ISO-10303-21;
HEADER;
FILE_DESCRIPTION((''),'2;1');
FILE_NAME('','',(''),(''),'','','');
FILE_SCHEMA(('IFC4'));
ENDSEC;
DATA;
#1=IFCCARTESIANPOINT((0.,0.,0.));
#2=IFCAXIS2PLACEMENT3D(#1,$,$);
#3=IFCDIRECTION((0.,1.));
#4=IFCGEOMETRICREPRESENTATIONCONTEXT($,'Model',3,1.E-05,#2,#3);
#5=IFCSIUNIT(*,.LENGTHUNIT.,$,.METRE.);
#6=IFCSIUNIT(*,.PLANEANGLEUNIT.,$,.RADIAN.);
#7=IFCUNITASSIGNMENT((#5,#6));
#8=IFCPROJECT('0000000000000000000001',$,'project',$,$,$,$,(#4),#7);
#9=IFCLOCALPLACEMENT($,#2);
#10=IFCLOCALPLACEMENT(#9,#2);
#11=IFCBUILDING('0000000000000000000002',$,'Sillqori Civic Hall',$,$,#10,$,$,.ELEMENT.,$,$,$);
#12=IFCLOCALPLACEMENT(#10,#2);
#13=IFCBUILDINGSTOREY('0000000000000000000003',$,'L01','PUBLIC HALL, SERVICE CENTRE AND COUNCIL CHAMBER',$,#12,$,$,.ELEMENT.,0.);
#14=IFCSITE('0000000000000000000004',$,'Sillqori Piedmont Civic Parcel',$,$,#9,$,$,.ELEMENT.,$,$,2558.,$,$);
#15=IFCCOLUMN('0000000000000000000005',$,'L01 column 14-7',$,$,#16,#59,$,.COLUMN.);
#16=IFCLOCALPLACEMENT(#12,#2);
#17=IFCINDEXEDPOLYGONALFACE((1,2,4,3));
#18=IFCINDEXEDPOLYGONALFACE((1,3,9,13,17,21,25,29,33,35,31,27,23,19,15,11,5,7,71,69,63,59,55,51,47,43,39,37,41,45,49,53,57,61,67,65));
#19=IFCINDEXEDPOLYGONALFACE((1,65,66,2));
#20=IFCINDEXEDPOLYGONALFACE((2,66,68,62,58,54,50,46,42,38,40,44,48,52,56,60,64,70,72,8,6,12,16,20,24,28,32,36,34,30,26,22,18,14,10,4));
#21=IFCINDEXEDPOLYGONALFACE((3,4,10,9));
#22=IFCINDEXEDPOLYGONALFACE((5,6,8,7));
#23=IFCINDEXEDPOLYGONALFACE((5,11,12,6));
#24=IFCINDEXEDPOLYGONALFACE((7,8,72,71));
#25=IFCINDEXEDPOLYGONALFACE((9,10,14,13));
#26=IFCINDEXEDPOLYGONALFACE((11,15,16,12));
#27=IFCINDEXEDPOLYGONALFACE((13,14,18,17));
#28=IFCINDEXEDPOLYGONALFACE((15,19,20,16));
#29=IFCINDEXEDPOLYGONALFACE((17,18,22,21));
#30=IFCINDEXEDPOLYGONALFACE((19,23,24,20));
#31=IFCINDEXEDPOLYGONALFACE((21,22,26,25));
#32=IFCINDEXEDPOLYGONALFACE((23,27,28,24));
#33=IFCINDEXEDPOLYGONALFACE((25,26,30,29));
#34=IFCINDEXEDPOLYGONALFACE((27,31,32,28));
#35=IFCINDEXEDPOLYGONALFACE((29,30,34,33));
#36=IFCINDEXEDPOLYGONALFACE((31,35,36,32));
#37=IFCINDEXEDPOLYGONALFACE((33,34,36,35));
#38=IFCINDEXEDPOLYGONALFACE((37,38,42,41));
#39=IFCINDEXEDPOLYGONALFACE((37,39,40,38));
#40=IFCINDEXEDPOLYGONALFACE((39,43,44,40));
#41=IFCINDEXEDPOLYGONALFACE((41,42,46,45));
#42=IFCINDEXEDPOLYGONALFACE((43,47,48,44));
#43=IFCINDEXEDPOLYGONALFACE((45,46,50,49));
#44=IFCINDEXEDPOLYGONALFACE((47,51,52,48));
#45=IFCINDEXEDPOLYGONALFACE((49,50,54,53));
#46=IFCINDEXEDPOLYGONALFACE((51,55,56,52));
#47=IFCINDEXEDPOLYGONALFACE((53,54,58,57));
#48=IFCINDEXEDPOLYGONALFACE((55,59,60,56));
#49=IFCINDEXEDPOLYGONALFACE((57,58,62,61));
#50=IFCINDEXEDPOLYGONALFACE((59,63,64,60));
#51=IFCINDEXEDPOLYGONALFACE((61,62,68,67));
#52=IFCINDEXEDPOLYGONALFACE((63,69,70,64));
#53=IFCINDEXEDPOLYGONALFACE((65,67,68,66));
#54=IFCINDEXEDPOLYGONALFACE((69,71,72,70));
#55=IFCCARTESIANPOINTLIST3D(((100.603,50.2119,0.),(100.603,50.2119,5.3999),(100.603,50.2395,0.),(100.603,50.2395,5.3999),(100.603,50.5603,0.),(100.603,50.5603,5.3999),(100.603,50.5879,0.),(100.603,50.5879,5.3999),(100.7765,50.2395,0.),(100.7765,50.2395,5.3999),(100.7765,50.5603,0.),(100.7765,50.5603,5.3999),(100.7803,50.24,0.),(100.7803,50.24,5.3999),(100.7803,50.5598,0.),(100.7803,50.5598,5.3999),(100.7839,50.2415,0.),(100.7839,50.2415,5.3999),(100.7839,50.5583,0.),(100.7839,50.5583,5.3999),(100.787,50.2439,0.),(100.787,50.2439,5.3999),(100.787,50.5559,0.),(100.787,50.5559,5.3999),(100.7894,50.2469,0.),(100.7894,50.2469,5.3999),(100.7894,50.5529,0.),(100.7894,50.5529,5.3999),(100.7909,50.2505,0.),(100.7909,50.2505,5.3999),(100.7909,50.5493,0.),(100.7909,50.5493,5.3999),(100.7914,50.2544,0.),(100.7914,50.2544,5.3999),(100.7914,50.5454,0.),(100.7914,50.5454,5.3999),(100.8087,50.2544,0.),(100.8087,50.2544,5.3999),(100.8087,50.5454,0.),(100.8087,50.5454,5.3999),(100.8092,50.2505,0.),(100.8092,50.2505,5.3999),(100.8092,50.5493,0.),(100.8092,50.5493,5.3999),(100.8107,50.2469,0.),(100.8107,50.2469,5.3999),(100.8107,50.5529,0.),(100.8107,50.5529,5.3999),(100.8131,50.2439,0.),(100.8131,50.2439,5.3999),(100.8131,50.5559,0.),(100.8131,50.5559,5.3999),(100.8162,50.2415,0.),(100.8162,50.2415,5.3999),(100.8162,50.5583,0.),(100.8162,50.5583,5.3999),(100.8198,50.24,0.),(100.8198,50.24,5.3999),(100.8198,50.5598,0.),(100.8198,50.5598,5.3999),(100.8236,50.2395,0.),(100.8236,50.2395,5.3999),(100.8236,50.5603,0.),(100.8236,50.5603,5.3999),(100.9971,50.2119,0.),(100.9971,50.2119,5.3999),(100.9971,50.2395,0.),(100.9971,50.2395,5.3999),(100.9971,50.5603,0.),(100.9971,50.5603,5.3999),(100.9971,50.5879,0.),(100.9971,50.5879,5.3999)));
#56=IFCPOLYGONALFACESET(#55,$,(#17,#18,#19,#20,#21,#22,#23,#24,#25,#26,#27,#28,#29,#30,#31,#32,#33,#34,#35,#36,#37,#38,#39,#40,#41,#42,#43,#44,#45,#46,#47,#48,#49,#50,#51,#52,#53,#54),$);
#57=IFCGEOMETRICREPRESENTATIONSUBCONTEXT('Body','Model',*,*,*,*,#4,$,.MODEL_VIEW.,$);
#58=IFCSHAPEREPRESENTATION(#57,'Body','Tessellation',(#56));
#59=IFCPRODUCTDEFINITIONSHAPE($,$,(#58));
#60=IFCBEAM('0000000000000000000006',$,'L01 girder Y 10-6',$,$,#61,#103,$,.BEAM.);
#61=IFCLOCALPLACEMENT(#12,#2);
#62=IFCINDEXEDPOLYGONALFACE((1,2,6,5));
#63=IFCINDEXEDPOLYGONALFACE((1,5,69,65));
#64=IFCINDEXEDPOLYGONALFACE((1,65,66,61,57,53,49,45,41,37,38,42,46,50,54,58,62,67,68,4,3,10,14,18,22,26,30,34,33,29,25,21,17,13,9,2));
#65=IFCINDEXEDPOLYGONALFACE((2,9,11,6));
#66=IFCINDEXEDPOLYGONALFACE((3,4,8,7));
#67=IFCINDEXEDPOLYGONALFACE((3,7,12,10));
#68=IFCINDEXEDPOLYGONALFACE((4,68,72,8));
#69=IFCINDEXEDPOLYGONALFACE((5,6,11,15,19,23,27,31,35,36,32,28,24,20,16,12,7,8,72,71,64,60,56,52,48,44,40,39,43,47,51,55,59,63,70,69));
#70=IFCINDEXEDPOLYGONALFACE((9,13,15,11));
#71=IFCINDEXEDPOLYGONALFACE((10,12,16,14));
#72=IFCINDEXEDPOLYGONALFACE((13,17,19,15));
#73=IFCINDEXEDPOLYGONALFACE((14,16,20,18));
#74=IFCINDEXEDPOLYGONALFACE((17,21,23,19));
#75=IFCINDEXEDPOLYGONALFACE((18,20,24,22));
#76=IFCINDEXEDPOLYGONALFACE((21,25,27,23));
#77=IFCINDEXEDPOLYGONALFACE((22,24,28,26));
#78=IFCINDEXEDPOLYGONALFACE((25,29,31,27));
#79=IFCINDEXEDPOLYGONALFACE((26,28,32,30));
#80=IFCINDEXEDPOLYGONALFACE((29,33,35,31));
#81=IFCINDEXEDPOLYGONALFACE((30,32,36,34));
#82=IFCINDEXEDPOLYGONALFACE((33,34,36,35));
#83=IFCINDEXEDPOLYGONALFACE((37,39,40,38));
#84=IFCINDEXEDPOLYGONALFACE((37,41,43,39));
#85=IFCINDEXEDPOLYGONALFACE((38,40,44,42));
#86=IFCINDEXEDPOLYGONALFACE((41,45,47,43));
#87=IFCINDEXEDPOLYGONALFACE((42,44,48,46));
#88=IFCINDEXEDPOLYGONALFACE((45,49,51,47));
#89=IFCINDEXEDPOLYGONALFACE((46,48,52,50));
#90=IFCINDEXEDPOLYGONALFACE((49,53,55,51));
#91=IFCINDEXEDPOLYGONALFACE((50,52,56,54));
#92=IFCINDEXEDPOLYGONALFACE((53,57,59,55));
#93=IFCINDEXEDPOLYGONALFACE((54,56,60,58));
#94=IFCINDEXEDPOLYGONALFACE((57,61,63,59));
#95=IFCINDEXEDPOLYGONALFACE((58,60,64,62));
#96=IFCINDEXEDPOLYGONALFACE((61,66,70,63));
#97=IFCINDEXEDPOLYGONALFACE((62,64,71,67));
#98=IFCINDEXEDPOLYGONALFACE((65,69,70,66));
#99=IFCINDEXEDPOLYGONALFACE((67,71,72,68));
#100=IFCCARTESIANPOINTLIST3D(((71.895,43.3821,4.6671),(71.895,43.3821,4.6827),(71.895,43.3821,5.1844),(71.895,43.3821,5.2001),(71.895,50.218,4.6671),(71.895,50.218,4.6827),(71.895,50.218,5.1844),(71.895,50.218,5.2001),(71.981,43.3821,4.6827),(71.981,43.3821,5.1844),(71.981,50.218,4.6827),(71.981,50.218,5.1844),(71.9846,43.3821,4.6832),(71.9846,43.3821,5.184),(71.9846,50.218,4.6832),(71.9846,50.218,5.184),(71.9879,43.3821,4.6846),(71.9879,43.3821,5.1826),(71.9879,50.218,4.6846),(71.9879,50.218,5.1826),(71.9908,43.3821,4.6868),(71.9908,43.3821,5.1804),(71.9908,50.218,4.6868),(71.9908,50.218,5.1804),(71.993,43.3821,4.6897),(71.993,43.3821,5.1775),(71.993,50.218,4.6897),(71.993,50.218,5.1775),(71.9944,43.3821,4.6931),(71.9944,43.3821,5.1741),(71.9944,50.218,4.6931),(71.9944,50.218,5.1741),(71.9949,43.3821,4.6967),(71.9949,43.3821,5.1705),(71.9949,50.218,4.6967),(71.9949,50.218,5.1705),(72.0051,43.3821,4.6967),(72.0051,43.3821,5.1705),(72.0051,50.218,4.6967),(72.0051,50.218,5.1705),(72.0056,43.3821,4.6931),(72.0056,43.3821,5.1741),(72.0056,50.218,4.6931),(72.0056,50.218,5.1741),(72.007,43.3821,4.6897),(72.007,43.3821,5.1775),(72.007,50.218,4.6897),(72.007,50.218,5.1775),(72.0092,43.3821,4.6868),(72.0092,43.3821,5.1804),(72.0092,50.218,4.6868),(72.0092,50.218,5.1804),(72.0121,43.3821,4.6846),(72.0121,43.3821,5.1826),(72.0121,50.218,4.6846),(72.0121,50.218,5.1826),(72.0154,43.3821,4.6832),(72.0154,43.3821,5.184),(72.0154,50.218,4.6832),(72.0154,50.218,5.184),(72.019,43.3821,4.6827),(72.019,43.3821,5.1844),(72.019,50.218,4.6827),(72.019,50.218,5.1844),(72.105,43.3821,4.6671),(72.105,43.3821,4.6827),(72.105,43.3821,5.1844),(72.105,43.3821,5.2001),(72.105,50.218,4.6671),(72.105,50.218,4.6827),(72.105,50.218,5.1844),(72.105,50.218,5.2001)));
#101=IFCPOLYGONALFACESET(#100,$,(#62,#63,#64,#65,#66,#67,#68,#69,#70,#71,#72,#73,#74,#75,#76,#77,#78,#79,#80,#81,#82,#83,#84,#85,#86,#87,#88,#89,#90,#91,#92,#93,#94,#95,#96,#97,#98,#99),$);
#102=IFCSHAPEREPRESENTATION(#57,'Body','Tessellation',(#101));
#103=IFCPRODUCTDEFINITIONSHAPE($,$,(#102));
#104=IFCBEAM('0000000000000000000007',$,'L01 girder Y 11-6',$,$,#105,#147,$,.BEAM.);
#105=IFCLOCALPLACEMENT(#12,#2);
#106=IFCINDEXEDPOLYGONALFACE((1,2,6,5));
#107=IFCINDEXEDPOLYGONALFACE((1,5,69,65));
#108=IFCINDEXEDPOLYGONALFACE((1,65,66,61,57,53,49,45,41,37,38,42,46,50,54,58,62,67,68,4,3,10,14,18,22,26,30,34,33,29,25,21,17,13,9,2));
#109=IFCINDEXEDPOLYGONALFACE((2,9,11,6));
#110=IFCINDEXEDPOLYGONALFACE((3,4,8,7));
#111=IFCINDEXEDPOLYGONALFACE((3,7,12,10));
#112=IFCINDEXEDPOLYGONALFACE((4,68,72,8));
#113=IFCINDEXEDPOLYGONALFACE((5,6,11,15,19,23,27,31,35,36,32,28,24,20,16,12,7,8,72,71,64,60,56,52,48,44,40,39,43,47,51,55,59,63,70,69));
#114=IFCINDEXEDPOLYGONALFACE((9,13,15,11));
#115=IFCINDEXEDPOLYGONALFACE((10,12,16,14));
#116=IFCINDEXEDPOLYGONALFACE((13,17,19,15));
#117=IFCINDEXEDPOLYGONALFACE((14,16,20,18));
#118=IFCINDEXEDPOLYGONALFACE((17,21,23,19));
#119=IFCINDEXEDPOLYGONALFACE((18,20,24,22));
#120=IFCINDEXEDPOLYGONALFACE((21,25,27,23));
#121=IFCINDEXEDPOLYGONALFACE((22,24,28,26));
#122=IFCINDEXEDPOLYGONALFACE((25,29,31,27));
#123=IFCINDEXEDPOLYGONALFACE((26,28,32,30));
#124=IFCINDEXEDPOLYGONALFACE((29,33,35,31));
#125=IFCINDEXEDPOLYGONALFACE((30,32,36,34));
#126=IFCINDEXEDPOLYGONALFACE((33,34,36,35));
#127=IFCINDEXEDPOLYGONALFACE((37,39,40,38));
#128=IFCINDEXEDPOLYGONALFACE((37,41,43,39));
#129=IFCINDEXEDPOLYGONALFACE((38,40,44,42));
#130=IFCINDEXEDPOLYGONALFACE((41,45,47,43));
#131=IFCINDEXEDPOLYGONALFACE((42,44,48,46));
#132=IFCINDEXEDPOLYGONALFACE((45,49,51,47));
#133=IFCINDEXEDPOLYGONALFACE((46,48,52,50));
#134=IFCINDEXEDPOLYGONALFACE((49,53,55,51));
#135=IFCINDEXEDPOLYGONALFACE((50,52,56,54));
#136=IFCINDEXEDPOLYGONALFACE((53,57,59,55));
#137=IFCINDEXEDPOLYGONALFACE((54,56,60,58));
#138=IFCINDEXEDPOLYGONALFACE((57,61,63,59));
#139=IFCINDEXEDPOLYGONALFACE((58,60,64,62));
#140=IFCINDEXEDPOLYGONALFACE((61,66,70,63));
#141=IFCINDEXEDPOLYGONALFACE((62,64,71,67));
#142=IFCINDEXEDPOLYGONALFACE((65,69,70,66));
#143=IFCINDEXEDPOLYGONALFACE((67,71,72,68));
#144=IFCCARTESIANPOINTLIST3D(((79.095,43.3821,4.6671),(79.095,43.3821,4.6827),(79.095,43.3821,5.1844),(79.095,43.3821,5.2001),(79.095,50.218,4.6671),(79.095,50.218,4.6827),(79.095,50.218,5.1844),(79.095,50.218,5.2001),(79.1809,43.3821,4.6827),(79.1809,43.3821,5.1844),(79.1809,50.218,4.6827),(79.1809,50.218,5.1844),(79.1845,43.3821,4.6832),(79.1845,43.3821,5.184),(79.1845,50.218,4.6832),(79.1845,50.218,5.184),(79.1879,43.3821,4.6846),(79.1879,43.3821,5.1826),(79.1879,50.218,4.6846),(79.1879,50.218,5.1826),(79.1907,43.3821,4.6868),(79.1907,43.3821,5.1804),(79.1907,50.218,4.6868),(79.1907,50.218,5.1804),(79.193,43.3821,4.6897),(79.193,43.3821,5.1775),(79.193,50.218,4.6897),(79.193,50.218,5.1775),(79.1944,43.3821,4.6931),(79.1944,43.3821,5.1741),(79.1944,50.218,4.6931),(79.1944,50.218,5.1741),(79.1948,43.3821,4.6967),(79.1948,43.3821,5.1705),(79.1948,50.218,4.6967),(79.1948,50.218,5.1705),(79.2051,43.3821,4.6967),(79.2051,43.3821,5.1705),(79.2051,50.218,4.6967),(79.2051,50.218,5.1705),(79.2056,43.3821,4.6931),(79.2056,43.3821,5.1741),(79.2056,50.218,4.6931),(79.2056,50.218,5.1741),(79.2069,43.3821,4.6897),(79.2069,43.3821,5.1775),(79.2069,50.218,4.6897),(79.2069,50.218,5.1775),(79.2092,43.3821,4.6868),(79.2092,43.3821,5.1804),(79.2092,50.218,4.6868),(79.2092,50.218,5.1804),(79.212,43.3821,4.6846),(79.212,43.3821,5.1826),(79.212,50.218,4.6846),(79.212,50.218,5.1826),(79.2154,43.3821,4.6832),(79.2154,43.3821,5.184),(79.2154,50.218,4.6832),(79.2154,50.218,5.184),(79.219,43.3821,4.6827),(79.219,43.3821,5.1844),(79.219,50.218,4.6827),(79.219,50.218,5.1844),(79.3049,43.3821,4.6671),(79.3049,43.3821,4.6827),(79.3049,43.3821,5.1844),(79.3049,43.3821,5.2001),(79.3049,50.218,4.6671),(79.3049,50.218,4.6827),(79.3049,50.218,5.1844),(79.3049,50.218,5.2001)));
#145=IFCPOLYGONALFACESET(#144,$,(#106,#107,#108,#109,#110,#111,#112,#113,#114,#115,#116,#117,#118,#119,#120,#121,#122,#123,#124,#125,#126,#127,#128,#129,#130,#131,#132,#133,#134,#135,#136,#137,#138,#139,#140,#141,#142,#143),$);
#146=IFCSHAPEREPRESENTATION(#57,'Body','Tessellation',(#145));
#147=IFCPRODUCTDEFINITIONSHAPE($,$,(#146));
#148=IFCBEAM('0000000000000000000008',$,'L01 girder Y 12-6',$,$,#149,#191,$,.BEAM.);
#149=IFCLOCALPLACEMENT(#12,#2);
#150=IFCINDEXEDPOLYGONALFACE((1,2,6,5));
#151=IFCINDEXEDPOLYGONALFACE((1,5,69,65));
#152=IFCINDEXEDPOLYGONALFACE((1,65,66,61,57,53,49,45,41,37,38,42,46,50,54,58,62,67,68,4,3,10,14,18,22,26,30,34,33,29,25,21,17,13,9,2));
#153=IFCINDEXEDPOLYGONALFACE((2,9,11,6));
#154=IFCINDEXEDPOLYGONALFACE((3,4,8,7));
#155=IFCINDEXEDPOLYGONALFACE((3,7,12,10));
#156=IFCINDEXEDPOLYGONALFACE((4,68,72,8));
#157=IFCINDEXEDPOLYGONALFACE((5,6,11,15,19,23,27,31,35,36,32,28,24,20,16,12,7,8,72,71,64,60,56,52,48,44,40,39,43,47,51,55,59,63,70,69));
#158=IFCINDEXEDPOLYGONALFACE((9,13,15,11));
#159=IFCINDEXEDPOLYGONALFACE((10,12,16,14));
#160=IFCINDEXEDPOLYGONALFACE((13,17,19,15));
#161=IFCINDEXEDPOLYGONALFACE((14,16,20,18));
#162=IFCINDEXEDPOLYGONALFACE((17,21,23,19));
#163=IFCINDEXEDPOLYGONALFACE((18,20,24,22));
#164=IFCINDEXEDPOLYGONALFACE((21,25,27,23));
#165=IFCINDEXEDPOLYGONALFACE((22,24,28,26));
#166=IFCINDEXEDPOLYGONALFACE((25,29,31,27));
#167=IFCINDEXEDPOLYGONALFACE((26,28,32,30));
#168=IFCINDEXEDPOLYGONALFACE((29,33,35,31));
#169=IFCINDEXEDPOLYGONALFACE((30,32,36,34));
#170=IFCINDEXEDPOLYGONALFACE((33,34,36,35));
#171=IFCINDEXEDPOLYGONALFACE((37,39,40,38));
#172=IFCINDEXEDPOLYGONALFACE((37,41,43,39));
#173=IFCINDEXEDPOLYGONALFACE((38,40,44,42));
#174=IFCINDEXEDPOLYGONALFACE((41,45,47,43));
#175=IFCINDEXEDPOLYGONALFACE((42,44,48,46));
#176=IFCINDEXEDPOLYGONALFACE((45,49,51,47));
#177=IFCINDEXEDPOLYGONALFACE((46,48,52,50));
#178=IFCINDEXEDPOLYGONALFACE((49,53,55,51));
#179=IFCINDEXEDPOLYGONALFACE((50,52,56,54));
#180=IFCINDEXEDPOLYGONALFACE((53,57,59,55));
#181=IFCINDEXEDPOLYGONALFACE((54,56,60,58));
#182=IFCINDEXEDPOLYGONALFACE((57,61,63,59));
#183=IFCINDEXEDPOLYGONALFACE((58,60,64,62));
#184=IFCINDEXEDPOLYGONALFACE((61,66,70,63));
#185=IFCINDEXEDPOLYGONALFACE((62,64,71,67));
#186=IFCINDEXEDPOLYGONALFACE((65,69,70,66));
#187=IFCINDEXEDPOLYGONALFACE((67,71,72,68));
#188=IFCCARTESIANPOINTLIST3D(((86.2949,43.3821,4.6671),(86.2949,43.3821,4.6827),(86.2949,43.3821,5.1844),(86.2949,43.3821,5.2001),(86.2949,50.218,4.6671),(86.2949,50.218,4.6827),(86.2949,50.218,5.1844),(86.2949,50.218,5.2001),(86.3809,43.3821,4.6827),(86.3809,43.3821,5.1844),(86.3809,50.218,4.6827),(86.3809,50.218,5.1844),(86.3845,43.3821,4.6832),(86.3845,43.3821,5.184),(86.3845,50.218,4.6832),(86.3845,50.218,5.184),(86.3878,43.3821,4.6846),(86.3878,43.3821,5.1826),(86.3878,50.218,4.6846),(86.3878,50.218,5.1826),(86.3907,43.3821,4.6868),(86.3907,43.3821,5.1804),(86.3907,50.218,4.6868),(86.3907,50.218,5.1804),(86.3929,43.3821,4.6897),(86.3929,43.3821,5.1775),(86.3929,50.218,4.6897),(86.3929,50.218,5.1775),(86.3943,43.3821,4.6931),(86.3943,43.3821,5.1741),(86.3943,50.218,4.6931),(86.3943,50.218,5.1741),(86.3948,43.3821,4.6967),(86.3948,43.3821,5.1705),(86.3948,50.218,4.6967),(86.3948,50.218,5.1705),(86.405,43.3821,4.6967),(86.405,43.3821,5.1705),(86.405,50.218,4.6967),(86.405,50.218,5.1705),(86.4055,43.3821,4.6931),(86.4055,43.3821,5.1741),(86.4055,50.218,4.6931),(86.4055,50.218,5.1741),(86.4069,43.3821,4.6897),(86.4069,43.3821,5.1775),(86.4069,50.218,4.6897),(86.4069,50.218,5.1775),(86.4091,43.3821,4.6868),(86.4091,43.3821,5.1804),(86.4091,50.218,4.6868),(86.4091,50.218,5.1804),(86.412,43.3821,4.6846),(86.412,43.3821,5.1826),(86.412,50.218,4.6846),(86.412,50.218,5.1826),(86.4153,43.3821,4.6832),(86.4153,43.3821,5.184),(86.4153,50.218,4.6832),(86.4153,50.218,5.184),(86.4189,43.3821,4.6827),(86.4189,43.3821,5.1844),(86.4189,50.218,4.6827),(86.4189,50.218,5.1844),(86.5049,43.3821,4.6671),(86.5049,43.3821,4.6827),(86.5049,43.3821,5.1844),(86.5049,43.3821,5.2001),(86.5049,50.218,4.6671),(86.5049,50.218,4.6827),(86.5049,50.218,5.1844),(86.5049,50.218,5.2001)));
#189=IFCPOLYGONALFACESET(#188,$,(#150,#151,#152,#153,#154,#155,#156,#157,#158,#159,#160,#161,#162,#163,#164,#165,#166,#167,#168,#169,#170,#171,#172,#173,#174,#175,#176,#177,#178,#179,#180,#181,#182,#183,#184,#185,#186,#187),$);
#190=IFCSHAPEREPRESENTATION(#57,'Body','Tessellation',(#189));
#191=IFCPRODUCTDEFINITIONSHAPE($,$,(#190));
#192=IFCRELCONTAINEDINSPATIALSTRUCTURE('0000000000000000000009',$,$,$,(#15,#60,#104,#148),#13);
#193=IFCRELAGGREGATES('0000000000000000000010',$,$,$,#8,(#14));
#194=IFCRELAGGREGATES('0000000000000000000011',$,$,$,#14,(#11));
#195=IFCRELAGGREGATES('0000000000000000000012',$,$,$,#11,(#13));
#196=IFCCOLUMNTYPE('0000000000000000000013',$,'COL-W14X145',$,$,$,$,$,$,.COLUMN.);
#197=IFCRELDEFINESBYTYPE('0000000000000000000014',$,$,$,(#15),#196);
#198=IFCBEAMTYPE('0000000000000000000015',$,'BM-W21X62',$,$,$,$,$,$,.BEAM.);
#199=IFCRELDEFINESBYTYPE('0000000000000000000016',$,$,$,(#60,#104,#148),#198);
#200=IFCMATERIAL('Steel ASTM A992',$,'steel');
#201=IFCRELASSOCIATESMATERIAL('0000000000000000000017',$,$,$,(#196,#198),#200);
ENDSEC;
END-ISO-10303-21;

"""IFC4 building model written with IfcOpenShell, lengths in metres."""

from ifc_helpers import new_model, si_unit, direction, frame, origin, origin_2d, place, context, subcontext, project, spatial, i_section, extrude, material, material_profile, profile_set, type_object, element, save


model = new_model("IFC4")

# Units and contexts
model_context = context("Model", 3, precision=1e-05, world=origin(), true_north=direction((0.0, 1.0)))
body_context = subcontext(model_context, "Body", "Model", "MODEL_VIEW")
ifc_project = project(units=[si_unit("LENGTHUNIT", "METRE"), si_unit("PLANEANGLEUNIT", "RADIAN")], contexts=[model_context])

# Site, building, storey
site_placement = place(None, origin())
site = spatial("IfcSite", under=ifc_project, at=site_placement, Name="Sillqori Piedmont Civic Parcel", CompositionType="ELEMENT", RefElevation=2558.0)
building_placement = place(site_placement, origin())
building = spatial("IfcBuilding", under=site, at=building_placement, Name="Sillqori Civic Hall", CompositionType="ELEMENT")
storey_placement = place(building_placement, origin())
storey = spatial("IfcBuildingStorey", under=building, at=storey_placement, Name="L01", Description="PUBLIC HALL, SERVICE CENTRE AND COUNCIL CHAMBER", CompositionType="ELEMENT", Elevation=0.0)

# Column
ifc_material_1 = material(Name="Steel ASTM A992", Category="steel")
ifc_material_profile_1 = material_profile(ifc_material_1, i_section(OverallWidth=0.394, OverallDepth=0.376, WebThickness=0.0173, FlangeThickness=0.0276, FilletRadius=0.0149, at=origin_2d()), Name="W14X145")
ifc_profile_set_1 = profile_set([ifc_material_profile_1], Name="Steel ASTM A992")
column_type = type_object("IfcColumnType", Name="COL-W14X145", PredefinedType="COLUMN", material=ifc_profile_set_1)
for number, where, z_axis, x_axis, name in (
    (1, (100.8, 50.3999, 0.0), (0.0, 0.0, 1.0), (1.0, 0.0, 0.0), "L01 column 14-7"),
):
    element("IfcColumn", number, at=place(storey_placement, frame(where, z_axis=z_axis, x_axis=x_axis)), inside=storey, type_object=column_type, Name=name, PredefinedType="COLUMN", context=body_context, shape_type="SweptSolid", body=[
        extrude(i_section(OverallWidth=0.394, OverallDepth=0.376, WebThickness=0.0173, FlangeThickness=0.0276, FilletRadius=0.0149, at=origin_2d()), origin(), (0.0, 0.0, 1.0), 5.3999),
    ])

# Beams
ifc_material_profile_2 = material_profile(ifc_material_1, i_section(OverallWidth=0.21, OverallDepth=0.533, WebThickness=0.0103, FlangeThickness=0.0156, FilletRadius=0.0139, at=origin_2d()), Name="W21X62")
ifc_profile_set_2 = profile_set([ifc_material_profile_2], Name="Steel ASTM A992")
beam_type_1 = type_object("IfcBeamType", Name="BM-W21X62", PredefinedType="BEAM", material=ifc_profile_set_2)
for number, where, z_axis, x_axis, name in (
    (2, (72.0, 43.3821, 4.9336), (0.0, 1.0, 0.0), (-1.0, 0.0, 0.0), "L01 girder Y 10-6"),
    (3, (79.2, 43.3821, 4.9336), (0.0, 1.0, 0.0), (-1.0, 0.0, 0.0), "L01 girder Y 11-6"),
    (4, (86.3999, 43.3821, 4.9336), (0.0, 1.0, 0.0), (-1.0, 0.0, 0.0), "L01 girder Y 12-6"),
):
    element("IfcBeam", number, at=place(storey_placement, frame(where, z_axis=z_axis, x_axis=x_axis)), inside=storey, type_object=beam_type_1, Name=name, PredefinedType="BEAM", context=body_context, shape_type="SweptSolid", body=[
        extrude(i_section(OverallWidth=0.21, OverallDepth=0.533, WebThickness=0.0103, FlangeThickness=0.0156, FilletRadius=0.0139, at=origin_2d()), origin(), (0.0, 0.0, 1.0), 6.8359),
    ])

save(model, "model.ifc")
